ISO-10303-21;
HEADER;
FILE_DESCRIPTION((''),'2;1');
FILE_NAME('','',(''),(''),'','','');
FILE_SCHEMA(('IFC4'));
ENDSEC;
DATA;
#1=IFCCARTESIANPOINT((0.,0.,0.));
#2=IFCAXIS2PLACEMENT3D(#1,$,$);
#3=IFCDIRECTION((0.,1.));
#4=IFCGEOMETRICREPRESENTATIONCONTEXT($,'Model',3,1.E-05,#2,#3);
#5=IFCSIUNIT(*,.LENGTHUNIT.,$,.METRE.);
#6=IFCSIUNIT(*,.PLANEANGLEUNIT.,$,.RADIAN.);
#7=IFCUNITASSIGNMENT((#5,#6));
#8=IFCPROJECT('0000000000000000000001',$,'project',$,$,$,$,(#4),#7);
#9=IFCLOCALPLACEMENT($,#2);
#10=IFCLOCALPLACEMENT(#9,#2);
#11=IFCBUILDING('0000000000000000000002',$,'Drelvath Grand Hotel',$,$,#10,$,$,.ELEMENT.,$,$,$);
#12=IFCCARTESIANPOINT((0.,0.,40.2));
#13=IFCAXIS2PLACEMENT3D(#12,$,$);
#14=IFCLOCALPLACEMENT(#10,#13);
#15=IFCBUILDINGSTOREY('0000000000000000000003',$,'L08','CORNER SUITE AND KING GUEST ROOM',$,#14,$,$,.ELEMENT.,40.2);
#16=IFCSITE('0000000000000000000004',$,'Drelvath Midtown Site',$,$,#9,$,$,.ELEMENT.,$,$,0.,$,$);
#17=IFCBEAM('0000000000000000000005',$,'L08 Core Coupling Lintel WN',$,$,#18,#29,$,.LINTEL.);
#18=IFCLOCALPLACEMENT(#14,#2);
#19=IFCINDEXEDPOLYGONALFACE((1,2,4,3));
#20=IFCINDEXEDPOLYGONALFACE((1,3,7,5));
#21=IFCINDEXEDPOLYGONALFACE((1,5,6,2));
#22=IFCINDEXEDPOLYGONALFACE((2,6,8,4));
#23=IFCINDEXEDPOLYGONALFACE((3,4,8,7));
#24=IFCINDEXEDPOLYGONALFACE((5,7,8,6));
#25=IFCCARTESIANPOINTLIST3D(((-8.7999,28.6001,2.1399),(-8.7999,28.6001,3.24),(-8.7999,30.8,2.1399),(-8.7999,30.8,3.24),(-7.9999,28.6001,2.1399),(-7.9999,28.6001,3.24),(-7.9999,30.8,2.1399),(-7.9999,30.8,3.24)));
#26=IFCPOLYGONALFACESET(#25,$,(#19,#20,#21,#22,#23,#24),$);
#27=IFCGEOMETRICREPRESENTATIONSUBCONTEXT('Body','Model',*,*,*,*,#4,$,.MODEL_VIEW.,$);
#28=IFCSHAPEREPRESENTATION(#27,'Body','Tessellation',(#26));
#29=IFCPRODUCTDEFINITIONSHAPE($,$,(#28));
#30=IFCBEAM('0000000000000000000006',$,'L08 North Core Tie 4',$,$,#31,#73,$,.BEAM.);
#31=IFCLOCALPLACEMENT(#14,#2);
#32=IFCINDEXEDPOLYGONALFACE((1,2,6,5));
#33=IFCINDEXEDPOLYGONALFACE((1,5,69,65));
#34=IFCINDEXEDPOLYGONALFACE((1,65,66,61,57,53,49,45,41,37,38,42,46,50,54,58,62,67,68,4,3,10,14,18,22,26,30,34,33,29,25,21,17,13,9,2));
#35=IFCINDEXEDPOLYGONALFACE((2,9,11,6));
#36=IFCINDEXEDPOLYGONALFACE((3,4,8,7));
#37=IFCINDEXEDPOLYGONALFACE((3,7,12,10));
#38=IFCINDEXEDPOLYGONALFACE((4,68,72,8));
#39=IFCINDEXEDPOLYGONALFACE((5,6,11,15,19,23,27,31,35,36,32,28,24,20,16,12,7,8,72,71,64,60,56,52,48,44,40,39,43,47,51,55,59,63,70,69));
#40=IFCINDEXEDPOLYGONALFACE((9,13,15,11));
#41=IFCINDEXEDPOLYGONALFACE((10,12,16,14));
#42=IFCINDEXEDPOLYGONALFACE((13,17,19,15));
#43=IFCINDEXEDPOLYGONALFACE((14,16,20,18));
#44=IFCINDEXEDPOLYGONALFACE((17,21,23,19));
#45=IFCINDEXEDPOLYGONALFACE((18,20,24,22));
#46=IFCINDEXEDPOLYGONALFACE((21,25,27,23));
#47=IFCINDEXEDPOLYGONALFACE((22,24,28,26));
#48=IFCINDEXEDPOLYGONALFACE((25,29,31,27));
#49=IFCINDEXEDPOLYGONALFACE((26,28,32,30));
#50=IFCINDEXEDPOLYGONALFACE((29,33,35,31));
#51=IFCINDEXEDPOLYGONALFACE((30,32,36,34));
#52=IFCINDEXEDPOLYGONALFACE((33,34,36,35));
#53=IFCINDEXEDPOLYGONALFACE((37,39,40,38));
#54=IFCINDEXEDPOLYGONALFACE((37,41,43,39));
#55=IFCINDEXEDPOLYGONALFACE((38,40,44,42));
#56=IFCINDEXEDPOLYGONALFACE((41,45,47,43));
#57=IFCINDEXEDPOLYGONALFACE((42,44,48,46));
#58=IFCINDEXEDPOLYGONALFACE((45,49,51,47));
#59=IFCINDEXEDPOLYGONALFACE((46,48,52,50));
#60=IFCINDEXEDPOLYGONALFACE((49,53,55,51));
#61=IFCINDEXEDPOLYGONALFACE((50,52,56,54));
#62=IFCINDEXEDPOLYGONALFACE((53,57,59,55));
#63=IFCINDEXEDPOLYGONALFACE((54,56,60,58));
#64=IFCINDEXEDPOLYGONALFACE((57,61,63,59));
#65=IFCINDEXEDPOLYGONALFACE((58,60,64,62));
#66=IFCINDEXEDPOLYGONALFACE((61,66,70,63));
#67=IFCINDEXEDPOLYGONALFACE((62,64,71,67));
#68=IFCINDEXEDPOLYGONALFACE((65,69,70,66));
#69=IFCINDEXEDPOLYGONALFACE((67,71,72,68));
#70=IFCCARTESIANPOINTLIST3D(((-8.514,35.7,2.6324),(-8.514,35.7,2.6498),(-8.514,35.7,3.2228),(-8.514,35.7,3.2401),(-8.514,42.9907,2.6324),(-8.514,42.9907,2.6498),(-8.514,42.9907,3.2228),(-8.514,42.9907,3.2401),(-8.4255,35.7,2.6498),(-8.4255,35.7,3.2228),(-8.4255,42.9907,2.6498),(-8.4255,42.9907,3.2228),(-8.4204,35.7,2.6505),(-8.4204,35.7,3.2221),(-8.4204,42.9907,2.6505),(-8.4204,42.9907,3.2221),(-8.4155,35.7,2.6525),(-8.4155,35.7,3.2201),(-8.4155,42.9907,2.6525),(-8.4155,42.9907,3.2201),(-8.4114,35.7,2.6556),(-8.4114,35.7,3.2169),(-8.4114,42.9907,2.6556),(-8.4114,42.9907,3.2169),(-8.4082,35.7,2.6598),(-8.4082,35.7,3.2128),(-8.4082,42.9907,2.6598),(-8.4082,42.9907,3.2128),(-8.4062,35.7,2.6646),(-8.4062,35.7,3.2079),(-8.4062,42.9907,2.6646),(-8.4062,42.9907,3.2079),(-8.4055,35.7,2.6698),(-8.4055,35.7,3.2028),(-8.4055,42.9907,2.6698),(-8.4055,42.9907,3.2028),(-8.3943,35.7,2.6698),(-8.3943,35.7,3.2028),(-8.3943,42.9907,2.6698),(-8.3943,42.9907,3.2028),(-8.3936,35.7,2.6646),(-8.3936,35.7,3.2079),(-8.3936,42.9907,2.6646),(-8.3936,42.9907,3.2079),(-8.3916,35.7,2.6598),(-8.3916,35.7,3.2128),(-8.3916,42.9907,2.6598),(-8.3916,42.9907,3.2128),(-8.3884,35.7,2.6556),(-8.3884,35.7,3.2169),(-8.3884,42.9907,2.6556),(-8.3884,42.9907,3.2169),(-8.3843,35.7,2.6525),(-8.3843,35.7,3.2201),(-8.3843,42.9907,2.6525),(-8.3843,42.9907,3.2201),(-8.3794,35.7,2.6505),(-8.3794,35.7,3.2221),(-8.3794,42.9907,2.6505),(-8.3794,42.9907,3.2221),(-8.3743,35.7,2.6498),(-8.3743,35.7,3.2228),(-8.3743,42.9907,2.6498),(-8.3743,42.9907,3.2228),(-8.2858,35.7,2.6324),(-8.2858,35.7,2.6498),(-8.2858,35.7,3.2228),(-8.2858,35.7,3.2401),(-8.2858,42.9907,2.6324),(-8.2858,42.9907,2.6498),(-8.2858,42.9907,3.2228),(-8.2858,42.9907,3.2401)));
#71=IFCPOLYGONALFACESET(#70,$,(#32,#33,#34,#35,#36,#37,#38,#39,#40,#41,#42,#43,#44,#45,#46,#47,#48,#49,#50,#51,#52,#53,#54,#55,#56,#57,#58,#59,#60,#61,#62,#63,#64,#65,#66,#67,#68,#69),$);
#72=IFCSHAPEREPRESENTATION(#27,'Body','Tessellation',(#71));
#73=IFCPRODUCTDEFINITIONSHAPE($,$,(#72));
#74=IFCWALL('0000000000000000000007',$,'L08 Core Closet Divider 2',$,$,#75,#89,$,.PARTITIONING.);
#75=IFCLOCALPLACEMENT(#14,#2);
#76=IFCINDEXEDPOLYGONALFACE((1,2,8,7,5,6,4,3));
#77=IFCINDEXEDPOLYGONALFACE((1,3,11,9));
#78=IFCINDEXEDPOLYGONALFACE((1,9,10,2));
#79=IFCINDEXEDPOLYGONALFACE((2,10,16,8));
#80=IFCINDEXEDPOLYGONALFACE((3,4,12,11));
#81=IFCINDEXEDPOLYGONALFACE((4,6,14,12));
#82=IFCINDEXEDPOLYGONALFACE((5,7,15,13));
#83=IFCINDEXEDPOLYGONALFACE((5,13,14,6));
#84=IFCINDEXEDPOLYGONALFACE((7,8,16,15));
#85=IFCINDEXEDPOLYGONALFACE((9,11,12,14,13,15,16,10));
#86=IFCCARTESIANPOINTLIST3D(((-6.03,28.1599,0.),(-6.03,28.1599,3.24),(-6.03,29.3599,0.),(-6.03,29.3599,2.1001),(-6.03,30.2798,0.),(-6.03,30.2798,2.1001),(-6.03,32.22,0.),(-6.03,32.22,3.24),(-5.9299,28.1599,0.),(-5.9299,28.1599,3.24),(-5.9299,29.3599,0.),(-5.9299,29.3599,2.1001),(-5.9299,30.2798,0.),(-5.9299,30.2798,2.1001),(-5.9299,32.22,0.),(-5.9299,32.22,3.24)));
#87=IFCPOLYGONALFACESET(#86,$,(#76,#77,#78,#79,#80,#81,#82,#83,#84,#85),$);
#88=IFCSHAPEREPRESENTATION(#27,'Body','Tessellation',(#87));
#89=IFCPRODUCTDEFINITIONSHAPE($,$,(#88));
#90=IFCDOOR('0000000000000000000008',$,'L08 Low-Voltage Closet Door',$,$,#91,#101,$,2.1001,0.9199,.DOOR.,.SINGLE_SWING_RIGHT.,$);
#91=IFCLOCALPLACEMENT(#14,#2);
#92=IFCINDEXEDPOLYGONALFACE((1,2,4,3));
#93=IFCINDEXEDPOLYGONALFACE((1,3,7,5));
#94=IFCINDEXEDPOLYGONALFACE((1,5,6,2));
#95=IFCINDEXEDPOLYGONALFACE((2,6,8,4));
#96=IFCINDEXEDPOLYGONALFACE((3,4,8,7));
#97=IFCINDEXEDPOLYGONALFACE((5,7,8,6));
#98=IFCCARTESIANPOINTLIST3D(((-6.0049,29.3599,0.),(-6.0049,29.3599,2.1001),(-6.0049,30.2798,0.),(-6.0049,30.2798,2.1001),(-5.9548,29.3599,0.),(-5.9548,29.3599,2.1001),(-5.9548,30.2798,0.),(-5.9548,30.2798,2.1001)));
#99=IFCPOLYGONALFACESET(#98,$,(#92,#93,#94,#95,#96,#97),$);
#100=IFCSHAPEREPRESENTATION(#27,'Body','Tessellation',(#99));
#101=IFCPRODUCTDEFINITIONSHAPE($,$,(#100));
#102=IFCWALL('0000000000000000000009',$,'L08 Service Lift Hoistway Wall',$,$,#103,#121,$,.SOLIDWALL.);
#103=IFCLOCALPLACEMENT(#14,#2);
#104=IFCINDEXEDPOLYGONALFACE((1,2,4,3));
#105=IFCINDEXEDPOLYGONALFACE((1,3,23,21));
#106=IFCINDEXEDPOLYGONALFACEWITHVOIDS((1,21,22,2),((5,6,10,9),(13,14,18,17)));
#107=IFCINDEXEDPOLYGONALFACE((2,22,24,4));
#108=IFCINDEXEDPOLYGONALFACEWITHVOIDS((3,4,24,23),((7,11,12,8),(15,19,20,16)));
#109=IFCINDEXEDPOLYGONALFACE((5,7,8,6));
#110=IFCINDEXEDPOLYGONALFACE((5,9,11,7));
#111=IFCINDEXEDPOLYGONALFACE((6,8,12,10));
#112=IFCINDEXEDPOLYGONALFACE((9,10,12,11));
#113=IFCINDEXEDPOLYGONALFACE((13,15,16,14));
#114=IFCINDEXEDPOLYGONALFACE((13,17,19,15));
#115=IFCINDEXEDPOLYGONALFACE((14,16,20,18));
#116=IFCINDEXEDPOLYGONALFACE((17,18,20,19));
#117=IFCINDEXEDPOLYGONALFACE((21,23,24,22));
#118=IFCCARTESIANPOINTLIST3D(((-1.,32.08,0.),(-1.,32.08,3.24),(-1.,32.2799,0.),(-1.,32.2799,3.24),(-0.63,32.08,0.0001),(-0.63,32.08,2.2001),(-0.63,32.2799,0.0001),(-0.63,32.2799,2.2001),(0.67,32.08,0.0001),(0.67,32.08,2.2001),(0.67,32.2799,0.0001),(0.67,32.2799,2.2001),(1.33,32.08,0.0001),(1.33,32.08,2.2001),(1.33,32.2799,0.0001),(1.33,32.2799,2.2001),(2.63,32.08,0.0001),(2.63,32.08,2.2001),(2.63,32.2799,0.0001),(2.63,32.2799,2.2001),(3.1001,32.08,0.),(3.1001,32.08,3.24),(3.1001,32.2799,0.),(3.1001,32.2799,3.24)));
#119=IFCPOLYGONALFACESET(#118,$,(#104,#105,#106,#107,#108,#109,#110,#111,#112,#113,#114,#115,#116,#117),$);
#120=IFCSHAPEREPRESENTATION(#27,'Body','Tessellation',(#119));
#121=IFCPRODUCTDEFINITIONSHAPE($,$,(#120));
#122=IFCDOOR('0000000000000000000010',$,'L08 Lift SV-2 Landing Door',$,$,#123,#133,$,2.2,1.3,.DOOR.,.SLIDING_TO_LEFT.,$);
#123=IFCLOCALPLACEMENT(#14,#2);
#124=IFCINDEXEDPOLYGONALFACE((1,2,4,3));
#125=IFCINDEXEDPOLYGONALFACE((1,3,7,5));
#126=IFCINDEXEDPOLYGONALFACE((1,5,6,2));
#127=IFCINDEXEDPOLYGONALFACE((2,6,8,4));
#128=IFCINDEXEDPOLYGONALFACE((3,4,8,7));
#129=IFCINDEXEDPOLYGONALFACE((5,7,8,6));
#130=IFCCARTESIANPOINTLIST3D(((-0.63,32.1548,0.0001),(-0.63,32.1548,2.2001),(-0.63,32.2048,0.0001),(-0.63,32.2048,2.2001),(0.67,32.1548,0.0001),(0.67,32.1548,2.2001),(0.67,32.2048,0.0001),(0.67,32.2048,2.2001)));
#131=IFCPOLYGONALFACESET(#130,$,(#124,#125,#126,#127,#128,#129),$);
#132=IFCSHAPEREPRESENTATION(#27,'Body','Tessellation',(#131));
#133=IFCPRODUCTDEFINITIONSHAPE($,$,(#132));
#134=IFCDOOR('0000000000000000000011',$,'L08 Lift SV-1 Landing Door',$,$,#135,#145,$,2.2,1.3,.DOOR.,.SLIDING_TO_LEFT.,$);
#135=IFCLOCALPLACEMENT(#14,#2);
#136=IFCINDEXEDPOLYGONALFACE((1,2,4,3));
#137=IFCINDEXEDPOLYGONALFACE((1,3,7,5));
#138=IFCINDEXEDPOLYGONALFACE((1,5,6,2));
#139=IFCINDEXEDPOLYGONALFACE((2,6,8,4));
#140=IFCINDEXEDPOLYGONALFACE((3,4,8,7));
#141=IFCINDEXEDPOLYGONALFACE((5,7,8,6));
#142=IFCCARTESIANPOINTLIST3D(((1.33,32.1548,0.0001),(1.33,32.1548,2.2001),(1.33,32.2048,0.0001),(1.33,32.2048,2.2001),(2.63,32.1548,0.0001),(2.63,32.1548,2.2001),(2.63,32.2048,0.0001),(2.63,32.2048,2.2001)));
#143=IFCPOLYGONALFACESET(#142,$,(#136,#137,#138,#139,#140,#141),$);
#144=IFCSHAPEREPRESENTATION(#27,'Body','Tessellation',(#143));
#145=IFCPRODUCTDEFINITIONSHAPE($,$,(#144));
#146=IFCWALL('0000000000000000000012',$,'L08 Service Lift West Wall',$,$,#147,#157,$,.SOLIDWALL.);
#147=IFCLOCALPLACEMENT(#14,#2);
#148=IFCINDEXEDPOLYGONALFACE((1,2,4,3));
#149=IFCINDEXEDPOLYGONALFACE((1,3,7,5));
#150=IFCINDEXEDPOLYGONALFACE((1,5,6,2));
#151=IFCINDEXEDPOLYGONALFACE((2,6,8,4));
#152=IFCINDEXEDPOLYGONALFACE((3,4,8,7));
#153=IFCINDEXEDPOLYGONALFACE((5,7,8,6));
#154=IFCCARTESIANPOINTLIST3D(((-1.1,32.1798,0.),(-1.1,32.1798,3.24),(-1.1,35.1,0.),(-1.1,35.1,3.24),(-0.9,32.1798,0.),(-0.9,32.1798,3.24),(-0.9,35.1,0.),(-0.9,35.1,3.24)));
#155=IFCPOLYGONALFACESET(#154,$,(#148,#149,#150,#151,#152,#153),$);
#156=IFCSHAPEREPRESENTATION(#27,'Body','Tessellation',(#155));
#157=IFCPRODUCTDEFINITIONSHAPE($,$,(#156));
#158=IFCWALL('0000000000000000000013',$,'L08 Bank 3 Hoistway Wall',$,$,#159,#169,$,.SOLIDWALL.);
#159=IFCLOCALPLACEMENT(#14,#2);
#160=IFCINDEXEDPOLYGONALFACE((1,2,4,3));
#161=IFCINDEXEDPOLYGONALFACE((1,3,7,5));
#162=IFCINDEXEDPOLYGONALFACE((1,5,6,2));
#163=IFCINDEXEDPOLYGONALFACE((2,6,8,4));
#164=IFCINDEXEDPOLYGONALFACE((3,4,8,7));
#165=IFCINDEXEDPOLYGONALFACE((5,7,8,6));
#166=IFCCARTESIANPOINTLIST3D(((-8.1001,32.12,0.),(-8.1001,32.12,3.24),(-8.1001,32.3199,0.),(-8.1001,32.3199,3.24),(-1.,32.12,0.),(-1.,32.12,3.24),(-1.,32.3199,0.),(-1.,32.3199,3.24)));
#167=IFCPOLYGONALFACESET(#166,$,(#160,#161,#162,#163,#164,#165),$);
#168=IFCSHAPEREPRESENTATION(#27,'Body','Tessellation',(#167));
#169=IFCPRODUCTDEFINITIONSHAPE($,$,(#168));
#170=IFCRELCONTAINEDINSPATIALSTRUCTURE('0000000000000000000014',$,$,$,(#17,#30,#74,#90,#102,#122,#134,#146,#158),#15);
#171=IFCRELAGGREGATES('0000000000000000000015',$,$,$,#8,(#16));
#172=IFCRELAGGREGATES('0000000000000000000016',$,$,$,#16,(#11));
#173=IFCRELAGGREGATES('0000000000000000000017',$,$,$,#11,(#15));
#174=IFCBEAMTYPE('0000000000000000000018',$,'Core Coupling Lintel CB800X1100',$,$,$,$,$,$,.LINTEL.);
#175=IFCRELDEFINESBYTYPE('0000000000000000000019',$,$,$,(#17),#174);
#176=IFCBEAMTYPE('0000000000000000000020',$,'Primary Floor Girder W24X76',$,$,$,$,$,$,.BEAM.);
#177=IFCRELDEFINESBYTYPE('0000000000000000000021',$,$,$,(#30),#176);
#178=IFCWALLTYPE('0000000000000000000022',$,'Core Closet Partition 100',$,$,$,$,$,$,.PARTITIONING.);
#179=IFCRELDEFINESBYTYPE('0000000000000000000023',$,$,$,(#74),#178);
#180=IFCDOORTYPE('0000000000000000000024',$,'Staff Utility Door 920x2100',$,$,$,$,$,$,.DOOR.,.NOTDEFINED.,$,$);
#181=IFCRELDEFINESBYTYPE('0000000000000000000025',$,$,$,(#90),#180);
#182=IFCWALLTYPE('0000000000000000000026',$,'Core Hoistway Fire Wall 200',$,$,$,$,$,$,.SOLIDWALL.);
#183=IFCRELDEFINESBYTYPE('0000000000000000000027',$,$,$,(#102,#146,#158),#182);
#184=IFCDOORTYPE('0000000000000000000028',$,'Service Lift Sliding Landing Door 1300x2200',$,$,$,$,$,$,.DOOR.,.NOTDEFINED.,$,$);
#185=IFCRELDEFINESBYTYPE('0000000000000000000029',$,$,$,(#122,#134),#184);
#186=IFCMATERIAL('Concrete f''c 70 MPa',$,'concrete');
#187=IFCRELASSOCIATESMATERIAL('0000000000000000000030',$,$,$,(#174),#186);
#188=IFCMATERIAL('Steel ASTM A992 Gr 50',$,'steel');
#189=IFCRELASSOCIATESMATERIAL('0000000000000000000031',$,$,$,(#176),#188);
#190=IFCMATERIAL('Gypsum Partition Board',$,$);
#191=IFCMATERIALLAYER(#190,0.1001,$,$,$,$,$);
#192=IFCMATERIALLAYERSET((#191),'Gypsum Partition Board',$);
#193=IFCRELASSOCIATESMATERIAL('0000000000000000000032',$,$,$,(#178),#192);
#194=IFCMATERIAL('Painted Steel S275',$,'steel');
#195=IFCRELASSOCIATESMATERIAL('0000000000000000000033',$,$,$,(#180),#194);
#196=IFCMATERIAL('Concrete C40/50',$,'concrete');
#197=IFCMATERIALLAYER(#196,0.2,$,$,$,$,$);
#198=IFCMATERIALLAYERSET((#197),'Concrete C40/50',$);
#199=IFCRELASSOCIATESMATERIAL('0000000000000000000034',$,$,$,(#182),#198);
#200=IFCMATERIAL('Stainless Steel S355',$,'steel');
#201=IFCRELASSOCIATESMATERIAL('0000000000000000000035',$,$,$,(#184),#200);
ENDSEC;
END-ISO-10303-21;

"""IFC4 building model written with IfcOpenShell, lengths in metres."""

from ifc_helpers import new_model, si_unit, direction, frame, frame_2d, origin, origin_2d, place, context, subcontext, project, spatial, rectangle, i_section, extrude, material, layer, layer_set, material_profile, profile_set, type_object, element, fill, save


model = new_model("IFC4")

# Units and contexts
model_context = context("Model", 3, precision=1e-05, world=origin(), true_north=direction((0.0, 1.0)))
body_context = subcontext(model_context, "Body", "Model", "MODEL_VIEW")
ifc_project = project(units=[si_unit("LENGTHUNIT", "METRE"), si_unit("PLANEANGLEUNIT", "RADIAN")], contexts=[model_context])

# Site, building, storey
site_placement = place(None, origin())
site = spatial("IfcSite", under=ifc_project, at=site_placement, Name="Drelvath Midtown Site", CompositionType="ELEMENT", RefElevation=0.0)
building_placement = place(site_placement, origin())
building = spatial("IfcBuilding", under=site, at=building_placement, Name="Drelvath Grand Hotel", CompositionType="ELEMENT")
storey_placement = place(building_placement, frame((0.0, 0.0, 40.2)))
storey = spatial("IfcBuildingStorey", under=building, at=storey_placement, Name="L08", Description="CORNER SUITE AND KING GUEST ROOM", CompositionType="ELEMENT", Elevation=40.2)

# Beams
ifc_material_1 = material(Name="Concrete f'c 70 MPa", Category="concrete")
ifc_material_profile_1 = material_profile(ifc_material_1, rectangle(XDim=0.8, YDim=1.1001, at=origin_2d()), Name="CB800X1100")
ifc_profile_set_1 = profile_set([ifc_material_profile_1], Name="Concrete f'c 70 MPa")
beam_type_1 = type_object("IfcBeamType", Name="Core Coupling Lintel CB800X1100", PredefinedType="LINTEL", material=ifc_profile_set_1)
beam_1_placement = place(storey_placement, frame((-8.3999, 28.6001, 2.6899), z_axis=(0.0, 1.0, 0.0), x_axis=(-1.0, 0.0, 0.0)))
element("IfcBeam", 1, at=beam_1_placement, inside=storey, type_object=beam_type_1, Name="L08 Core Coupling Lintel WN", PredefinedType="LINTEL", context=body_context, shape_type="SweptSolid", body=[
    extrude(rectangle(XDim=0.8, YDim=1.1001, at=origin_2d()), origin(), (0.0, 0.0, 1.0), 2.2),
])
ifc_material_2 = material(Name="Steel ASTM A992 Gr 50", Category="steel")
ifc_material_profile_2 = material_profile(ifc_material_2, i_section(OverallWidth=0.2283, OverallDepth=0.6077, WebThickness=0.0112, FlangeThickness=0.0173, FilletRadius=0.02, at=origin_2d()), Name="W24X76")
ifc_profile_set_2 = profile_set([ifc_material_profile_2], Name="Steel ASTM A992 Gr 50")
beam_type_2 = type_object("IfcBeamType", Name="Primary Floor Girder W24X76", PredefinedType="BEAM", material=ifc_profile_set_2)
beam_2_placement = place(storey_placement, frame((-8.3999, 35.7, 2.9363), z_axis=(0.0, 1.0, 0.0), x_axis=(-1.0, 0.0, 0.0)))
element("IfcBeam", 2, at=beam_2_placement, inside=storey, type_object=beam_type_2, Name="L08 North Core Tie 4", PredefinedType="BEAM", context=body_context, shape_type="SweptSolid", body=[
    extrude(i_section(OverallWidth=0.2283, OverallDepth=0.6077, WebThickness=0.0112, FlangeThickness=0.0173, FilletRadius=0.02, at=origin_2d()), origin(), (0.0, 0.0, 1.0), 7.2908),
])

# Wall, opening, door
ifc_material_3 = material(Name="Gypsum Partition Board")
ifc_layer_1 = layer(ifc_material_3, 0.1001)
ifc_layer_set_1 = layer_set([ifc_layer_1], Name="Gypsum Partition Board")
wall_type_1 = type_object("IfcWallType", Name="Core Closet Partition 100", PredefinedType="PARTITIONING", material=ifc_layer_set_1)
wall_1_placement = place(storey_placement, frame((-5.98, 28.1599, 0.0), z_axis=(0.0, 0.0, 1.0), x_axis=(0.0, 1.0, 0.0)))
wall_1 = element("IfcWall", 3, at=wall_1_placement, inside=storey, type_object=wall_type_1, Name="L08 Core Closet Divider 2", PredefinedType="PARTITIONING", context=body_context, shape_type="SweptSolid", body=[
    extrude(rectangle(XDim=4.0601, YDim=0.1001, at=frame_2d((2.03, 0.0))), origin(), (0.0, 0.0, 1.0), 3.24),
])
opening_1_placement = place(wall_1_placement, frame((1.2, 0.0, 0.0)))
opening_1 = element("IfcOpeningElement", 4, at=opening_1_placement, cuts=wall_1, PredefinedType="OPENING", context=body_context, shape_type="SweptSolid", body=[
    extrude(rectangle(XDim=0.9199, YDim=2.1001, at=frame_2d((0.46, 1.05))), frame((0.0, 0.0601, 0.0), z_axis=(0.0, -1.0, 0.0), x_axis=(1.0, 0.0, 0.0)), (0.0, 0.0, 1.0), 0.1201),
])
ifc_material_4 = material(Name="Painted Steel S275", Category="steel")
door_type_1 = type_object("IfcDoorType", Name="Staff Utility Door 920x2100", OperationType="NOTDEFINED", PredefinedType="DOOR", material=ifc_material_4)
door_1_placement = place(opening_1_placement, origin())
door_1 = element("IfcDoor", 5, at=door_1_placement, inside=storey, type_object=door_type_1, Name="L08 Low-Voltage Closet Door", OperationType="SINGLE_SWING_RIGHT", OverallHeight=2.1001, OverallWidth=0.9199, PredefinedType="DOOR", context=body_context, shape_type="SweptSolid", body=[
    extrude(rectangle(XDim=0.9199, YDim=2.1001, at=frame_2d((0.46, 1.05))), frame((0.0, 0.0249, 0.0), z_axis=(0.0, -1.0, 0.0), x_axis=(1.0, 0.0, 0.0)), (0.0, 0.0, 1.0), 0.05),
])
fill(opening_1, door_1)

# Wall, openings, doors
ifc_material_5 = material(Name="Concrete C40/50", Category="concrete")
ifc_layer_2 = layer(ifc_material_5, 0.2)
ifc_layer_set_2 = layer_set([ifc_layer_2], Name="Concrete C40/50")
wall_type_2 = type_object("IfcWallType", Name="Core Hoistway Fire Wall 200", PredefinedType="SOLIDWALL", material=ifc_layer_set_2)
wall_2_placement = place(storey_placement, frame((-1.0, 32.1799, 0.0), z_axis=(0.0, 0.0, 1.0), x_axis=(1.0, 0.0, 0.0)))
wall_2 = element("IfcWall", 6, at=wall_2_placement, inside=storey, type_object=wall_type_2, Name="L08 Service Lift Hoistway Wall", PredefinedType="SOLIDWALL", context=body_context, shape_type="SweptSolid", body=[
    extrude(rectangle(XDim=4.1001, YDim=0.2, at=frame_2d((2.05, 0.0))), origin(), (0.0, 0.0, 1.0), 3.24),
])
opening_2_placement = place(wall_2_placement, frame((0.3701, 0.0, 0.0)))
opening_2 = element("IfcOpeningElement", 7, at=opening_2_placement, cuts=wall_2, PredefinedType="OPENING", context=body_context, shape_type="SweptSolid", body=[
    extrude(rectangle(XDim=1.3, YDim=2.2, at=frame_2d((0.6499, 1.1001))), frame((0.0, 0.1099, 0.0), z_axis=(0.0, -1.0, 0.0), x_axis=(1.0, 0.0, 0.0)), (0.0, 0.0, 1.0), 0.22),
])
opening_3_placement = place(wall_2_placement, frame((2.3301, 0.0, 0.0)))
opening_3 = element("IfcOpeningElement", 8, at=opening_3_placement, cuts=wall_2, PredefinedType="OPENING", context=body_context, shape_type="SweptSolid", body=[
    extrude(rectangle(XDim=1.3, YDim=2.2, at=frame_2d((0.6499, 1.1001))), frame((0.0, 0.1099, 0.0), z_axis=(0.0, -1.0, 0.0), x_axis=(1.0, 0.0, 0.0)), (0.0, 0.0, 1.0), 0.22),
])
ifc_material_6 = material(Name="Stainless Steel S355", Category="steel")
door_type_2 = type_object("IfcDoorType", Name="Service Lift Sliding Landing Door 1300x2200", OperationType="NOTDEFINED", PredefinedType="DOOR", material=ifc_material_6)
door_2_placement = place(opening_2_placement, origin())
door_2 = element("IfcDoor", 9, at=door_2_placement, inside=storey, type_object=door_type_2, Name="L08 Lift SV-2 Landing Door", OperationType="SLIDING_TO_LEFT", OverallHeight=2.2, OverallWidth=1.3, PredefinedType="DOOR", context=body_context, shape_type="SweptSolid", body=[
    extrude(rectangle(XDim=1.3, YDim=2.2, at=frame_2d((0.6499, 1.1001))), frame((0.0, 0.0249, 0.0), z_axis=(0.0, -1.0, 0.0), x_axis=(1.0, 0.0, 0.0)), (0.0, 0.0, 1.0), 0.05),
])
fill(opening_2, door_2)
door_3_placement = place(opening_3_placement, origin())
door_3 = element("IfcDoor", 10, at=door_3_placement, inside=storey, type_object=door_type_2, Name="L08 Lift SV-1 Landing Door", OperationType="SLIDING_TO_LEFT", OverallHeight=2.2, OverallWidth=1.3, PredefinedType="DOOR", context=body_context, shape_type="SweptSolid", body=[
    extrude(rectangle(XDim=1.3, YDim=2.2, at=frame_2d((0.6499, 1.1001))), frame((0.0, 0.0249, 0.0), z_axis=(0.0, -1.0, 0.0), x_axis=(1.0, 0.0, 0.0)), (0.0, 0.0, 1.0), 0.05),
])
fill(opening_3, door_3)

# Walls
wall_3_placement = place(storey_placement, frame((-1.0, 32.1799, 0.0), z_axis=(0.0, 0.0, 1.0), x_axis=(0.0, 1.0, 0.0)))
element("IfcWall", 11, at=wall_3_placement, inside=storey, type_object=wall_type_2, Name="L08 Service Lift West Wall", PredefinedType="SOLIDWALL", context=body_context, shape_type="SweptSolid", body=[
    extrude(rectangle(XDim=2.9202, YDim=0.2, at=frame_2d((1.46, 0.0))), origin(), (0.0, 0.0, 1.0), 3.24),
])
wall_4_placement = place(storey_placement, frame((-8.1001, 32.22, 0.0), z_axis=(0.0, 0.0, 1.0), x_axis=(1.0, 0.0, 0.0)))
element("IfcWall", 12, at=wall_4_placement, inside=storey, type_object=wall_type_2, Name="L08 Bank 3 Hoistway Wall", PredefinedType="SOLIDWALL", context=body_context, shape_type="SweptSolid", body=[
    extrude(rectangle(XDim=7.1001, YDim=0.2, at=frame_2d((3.55, 0.0))), origin(), (0.0, 0.0, 1.0), 3.24),
])

save(model, "model.ifc")
